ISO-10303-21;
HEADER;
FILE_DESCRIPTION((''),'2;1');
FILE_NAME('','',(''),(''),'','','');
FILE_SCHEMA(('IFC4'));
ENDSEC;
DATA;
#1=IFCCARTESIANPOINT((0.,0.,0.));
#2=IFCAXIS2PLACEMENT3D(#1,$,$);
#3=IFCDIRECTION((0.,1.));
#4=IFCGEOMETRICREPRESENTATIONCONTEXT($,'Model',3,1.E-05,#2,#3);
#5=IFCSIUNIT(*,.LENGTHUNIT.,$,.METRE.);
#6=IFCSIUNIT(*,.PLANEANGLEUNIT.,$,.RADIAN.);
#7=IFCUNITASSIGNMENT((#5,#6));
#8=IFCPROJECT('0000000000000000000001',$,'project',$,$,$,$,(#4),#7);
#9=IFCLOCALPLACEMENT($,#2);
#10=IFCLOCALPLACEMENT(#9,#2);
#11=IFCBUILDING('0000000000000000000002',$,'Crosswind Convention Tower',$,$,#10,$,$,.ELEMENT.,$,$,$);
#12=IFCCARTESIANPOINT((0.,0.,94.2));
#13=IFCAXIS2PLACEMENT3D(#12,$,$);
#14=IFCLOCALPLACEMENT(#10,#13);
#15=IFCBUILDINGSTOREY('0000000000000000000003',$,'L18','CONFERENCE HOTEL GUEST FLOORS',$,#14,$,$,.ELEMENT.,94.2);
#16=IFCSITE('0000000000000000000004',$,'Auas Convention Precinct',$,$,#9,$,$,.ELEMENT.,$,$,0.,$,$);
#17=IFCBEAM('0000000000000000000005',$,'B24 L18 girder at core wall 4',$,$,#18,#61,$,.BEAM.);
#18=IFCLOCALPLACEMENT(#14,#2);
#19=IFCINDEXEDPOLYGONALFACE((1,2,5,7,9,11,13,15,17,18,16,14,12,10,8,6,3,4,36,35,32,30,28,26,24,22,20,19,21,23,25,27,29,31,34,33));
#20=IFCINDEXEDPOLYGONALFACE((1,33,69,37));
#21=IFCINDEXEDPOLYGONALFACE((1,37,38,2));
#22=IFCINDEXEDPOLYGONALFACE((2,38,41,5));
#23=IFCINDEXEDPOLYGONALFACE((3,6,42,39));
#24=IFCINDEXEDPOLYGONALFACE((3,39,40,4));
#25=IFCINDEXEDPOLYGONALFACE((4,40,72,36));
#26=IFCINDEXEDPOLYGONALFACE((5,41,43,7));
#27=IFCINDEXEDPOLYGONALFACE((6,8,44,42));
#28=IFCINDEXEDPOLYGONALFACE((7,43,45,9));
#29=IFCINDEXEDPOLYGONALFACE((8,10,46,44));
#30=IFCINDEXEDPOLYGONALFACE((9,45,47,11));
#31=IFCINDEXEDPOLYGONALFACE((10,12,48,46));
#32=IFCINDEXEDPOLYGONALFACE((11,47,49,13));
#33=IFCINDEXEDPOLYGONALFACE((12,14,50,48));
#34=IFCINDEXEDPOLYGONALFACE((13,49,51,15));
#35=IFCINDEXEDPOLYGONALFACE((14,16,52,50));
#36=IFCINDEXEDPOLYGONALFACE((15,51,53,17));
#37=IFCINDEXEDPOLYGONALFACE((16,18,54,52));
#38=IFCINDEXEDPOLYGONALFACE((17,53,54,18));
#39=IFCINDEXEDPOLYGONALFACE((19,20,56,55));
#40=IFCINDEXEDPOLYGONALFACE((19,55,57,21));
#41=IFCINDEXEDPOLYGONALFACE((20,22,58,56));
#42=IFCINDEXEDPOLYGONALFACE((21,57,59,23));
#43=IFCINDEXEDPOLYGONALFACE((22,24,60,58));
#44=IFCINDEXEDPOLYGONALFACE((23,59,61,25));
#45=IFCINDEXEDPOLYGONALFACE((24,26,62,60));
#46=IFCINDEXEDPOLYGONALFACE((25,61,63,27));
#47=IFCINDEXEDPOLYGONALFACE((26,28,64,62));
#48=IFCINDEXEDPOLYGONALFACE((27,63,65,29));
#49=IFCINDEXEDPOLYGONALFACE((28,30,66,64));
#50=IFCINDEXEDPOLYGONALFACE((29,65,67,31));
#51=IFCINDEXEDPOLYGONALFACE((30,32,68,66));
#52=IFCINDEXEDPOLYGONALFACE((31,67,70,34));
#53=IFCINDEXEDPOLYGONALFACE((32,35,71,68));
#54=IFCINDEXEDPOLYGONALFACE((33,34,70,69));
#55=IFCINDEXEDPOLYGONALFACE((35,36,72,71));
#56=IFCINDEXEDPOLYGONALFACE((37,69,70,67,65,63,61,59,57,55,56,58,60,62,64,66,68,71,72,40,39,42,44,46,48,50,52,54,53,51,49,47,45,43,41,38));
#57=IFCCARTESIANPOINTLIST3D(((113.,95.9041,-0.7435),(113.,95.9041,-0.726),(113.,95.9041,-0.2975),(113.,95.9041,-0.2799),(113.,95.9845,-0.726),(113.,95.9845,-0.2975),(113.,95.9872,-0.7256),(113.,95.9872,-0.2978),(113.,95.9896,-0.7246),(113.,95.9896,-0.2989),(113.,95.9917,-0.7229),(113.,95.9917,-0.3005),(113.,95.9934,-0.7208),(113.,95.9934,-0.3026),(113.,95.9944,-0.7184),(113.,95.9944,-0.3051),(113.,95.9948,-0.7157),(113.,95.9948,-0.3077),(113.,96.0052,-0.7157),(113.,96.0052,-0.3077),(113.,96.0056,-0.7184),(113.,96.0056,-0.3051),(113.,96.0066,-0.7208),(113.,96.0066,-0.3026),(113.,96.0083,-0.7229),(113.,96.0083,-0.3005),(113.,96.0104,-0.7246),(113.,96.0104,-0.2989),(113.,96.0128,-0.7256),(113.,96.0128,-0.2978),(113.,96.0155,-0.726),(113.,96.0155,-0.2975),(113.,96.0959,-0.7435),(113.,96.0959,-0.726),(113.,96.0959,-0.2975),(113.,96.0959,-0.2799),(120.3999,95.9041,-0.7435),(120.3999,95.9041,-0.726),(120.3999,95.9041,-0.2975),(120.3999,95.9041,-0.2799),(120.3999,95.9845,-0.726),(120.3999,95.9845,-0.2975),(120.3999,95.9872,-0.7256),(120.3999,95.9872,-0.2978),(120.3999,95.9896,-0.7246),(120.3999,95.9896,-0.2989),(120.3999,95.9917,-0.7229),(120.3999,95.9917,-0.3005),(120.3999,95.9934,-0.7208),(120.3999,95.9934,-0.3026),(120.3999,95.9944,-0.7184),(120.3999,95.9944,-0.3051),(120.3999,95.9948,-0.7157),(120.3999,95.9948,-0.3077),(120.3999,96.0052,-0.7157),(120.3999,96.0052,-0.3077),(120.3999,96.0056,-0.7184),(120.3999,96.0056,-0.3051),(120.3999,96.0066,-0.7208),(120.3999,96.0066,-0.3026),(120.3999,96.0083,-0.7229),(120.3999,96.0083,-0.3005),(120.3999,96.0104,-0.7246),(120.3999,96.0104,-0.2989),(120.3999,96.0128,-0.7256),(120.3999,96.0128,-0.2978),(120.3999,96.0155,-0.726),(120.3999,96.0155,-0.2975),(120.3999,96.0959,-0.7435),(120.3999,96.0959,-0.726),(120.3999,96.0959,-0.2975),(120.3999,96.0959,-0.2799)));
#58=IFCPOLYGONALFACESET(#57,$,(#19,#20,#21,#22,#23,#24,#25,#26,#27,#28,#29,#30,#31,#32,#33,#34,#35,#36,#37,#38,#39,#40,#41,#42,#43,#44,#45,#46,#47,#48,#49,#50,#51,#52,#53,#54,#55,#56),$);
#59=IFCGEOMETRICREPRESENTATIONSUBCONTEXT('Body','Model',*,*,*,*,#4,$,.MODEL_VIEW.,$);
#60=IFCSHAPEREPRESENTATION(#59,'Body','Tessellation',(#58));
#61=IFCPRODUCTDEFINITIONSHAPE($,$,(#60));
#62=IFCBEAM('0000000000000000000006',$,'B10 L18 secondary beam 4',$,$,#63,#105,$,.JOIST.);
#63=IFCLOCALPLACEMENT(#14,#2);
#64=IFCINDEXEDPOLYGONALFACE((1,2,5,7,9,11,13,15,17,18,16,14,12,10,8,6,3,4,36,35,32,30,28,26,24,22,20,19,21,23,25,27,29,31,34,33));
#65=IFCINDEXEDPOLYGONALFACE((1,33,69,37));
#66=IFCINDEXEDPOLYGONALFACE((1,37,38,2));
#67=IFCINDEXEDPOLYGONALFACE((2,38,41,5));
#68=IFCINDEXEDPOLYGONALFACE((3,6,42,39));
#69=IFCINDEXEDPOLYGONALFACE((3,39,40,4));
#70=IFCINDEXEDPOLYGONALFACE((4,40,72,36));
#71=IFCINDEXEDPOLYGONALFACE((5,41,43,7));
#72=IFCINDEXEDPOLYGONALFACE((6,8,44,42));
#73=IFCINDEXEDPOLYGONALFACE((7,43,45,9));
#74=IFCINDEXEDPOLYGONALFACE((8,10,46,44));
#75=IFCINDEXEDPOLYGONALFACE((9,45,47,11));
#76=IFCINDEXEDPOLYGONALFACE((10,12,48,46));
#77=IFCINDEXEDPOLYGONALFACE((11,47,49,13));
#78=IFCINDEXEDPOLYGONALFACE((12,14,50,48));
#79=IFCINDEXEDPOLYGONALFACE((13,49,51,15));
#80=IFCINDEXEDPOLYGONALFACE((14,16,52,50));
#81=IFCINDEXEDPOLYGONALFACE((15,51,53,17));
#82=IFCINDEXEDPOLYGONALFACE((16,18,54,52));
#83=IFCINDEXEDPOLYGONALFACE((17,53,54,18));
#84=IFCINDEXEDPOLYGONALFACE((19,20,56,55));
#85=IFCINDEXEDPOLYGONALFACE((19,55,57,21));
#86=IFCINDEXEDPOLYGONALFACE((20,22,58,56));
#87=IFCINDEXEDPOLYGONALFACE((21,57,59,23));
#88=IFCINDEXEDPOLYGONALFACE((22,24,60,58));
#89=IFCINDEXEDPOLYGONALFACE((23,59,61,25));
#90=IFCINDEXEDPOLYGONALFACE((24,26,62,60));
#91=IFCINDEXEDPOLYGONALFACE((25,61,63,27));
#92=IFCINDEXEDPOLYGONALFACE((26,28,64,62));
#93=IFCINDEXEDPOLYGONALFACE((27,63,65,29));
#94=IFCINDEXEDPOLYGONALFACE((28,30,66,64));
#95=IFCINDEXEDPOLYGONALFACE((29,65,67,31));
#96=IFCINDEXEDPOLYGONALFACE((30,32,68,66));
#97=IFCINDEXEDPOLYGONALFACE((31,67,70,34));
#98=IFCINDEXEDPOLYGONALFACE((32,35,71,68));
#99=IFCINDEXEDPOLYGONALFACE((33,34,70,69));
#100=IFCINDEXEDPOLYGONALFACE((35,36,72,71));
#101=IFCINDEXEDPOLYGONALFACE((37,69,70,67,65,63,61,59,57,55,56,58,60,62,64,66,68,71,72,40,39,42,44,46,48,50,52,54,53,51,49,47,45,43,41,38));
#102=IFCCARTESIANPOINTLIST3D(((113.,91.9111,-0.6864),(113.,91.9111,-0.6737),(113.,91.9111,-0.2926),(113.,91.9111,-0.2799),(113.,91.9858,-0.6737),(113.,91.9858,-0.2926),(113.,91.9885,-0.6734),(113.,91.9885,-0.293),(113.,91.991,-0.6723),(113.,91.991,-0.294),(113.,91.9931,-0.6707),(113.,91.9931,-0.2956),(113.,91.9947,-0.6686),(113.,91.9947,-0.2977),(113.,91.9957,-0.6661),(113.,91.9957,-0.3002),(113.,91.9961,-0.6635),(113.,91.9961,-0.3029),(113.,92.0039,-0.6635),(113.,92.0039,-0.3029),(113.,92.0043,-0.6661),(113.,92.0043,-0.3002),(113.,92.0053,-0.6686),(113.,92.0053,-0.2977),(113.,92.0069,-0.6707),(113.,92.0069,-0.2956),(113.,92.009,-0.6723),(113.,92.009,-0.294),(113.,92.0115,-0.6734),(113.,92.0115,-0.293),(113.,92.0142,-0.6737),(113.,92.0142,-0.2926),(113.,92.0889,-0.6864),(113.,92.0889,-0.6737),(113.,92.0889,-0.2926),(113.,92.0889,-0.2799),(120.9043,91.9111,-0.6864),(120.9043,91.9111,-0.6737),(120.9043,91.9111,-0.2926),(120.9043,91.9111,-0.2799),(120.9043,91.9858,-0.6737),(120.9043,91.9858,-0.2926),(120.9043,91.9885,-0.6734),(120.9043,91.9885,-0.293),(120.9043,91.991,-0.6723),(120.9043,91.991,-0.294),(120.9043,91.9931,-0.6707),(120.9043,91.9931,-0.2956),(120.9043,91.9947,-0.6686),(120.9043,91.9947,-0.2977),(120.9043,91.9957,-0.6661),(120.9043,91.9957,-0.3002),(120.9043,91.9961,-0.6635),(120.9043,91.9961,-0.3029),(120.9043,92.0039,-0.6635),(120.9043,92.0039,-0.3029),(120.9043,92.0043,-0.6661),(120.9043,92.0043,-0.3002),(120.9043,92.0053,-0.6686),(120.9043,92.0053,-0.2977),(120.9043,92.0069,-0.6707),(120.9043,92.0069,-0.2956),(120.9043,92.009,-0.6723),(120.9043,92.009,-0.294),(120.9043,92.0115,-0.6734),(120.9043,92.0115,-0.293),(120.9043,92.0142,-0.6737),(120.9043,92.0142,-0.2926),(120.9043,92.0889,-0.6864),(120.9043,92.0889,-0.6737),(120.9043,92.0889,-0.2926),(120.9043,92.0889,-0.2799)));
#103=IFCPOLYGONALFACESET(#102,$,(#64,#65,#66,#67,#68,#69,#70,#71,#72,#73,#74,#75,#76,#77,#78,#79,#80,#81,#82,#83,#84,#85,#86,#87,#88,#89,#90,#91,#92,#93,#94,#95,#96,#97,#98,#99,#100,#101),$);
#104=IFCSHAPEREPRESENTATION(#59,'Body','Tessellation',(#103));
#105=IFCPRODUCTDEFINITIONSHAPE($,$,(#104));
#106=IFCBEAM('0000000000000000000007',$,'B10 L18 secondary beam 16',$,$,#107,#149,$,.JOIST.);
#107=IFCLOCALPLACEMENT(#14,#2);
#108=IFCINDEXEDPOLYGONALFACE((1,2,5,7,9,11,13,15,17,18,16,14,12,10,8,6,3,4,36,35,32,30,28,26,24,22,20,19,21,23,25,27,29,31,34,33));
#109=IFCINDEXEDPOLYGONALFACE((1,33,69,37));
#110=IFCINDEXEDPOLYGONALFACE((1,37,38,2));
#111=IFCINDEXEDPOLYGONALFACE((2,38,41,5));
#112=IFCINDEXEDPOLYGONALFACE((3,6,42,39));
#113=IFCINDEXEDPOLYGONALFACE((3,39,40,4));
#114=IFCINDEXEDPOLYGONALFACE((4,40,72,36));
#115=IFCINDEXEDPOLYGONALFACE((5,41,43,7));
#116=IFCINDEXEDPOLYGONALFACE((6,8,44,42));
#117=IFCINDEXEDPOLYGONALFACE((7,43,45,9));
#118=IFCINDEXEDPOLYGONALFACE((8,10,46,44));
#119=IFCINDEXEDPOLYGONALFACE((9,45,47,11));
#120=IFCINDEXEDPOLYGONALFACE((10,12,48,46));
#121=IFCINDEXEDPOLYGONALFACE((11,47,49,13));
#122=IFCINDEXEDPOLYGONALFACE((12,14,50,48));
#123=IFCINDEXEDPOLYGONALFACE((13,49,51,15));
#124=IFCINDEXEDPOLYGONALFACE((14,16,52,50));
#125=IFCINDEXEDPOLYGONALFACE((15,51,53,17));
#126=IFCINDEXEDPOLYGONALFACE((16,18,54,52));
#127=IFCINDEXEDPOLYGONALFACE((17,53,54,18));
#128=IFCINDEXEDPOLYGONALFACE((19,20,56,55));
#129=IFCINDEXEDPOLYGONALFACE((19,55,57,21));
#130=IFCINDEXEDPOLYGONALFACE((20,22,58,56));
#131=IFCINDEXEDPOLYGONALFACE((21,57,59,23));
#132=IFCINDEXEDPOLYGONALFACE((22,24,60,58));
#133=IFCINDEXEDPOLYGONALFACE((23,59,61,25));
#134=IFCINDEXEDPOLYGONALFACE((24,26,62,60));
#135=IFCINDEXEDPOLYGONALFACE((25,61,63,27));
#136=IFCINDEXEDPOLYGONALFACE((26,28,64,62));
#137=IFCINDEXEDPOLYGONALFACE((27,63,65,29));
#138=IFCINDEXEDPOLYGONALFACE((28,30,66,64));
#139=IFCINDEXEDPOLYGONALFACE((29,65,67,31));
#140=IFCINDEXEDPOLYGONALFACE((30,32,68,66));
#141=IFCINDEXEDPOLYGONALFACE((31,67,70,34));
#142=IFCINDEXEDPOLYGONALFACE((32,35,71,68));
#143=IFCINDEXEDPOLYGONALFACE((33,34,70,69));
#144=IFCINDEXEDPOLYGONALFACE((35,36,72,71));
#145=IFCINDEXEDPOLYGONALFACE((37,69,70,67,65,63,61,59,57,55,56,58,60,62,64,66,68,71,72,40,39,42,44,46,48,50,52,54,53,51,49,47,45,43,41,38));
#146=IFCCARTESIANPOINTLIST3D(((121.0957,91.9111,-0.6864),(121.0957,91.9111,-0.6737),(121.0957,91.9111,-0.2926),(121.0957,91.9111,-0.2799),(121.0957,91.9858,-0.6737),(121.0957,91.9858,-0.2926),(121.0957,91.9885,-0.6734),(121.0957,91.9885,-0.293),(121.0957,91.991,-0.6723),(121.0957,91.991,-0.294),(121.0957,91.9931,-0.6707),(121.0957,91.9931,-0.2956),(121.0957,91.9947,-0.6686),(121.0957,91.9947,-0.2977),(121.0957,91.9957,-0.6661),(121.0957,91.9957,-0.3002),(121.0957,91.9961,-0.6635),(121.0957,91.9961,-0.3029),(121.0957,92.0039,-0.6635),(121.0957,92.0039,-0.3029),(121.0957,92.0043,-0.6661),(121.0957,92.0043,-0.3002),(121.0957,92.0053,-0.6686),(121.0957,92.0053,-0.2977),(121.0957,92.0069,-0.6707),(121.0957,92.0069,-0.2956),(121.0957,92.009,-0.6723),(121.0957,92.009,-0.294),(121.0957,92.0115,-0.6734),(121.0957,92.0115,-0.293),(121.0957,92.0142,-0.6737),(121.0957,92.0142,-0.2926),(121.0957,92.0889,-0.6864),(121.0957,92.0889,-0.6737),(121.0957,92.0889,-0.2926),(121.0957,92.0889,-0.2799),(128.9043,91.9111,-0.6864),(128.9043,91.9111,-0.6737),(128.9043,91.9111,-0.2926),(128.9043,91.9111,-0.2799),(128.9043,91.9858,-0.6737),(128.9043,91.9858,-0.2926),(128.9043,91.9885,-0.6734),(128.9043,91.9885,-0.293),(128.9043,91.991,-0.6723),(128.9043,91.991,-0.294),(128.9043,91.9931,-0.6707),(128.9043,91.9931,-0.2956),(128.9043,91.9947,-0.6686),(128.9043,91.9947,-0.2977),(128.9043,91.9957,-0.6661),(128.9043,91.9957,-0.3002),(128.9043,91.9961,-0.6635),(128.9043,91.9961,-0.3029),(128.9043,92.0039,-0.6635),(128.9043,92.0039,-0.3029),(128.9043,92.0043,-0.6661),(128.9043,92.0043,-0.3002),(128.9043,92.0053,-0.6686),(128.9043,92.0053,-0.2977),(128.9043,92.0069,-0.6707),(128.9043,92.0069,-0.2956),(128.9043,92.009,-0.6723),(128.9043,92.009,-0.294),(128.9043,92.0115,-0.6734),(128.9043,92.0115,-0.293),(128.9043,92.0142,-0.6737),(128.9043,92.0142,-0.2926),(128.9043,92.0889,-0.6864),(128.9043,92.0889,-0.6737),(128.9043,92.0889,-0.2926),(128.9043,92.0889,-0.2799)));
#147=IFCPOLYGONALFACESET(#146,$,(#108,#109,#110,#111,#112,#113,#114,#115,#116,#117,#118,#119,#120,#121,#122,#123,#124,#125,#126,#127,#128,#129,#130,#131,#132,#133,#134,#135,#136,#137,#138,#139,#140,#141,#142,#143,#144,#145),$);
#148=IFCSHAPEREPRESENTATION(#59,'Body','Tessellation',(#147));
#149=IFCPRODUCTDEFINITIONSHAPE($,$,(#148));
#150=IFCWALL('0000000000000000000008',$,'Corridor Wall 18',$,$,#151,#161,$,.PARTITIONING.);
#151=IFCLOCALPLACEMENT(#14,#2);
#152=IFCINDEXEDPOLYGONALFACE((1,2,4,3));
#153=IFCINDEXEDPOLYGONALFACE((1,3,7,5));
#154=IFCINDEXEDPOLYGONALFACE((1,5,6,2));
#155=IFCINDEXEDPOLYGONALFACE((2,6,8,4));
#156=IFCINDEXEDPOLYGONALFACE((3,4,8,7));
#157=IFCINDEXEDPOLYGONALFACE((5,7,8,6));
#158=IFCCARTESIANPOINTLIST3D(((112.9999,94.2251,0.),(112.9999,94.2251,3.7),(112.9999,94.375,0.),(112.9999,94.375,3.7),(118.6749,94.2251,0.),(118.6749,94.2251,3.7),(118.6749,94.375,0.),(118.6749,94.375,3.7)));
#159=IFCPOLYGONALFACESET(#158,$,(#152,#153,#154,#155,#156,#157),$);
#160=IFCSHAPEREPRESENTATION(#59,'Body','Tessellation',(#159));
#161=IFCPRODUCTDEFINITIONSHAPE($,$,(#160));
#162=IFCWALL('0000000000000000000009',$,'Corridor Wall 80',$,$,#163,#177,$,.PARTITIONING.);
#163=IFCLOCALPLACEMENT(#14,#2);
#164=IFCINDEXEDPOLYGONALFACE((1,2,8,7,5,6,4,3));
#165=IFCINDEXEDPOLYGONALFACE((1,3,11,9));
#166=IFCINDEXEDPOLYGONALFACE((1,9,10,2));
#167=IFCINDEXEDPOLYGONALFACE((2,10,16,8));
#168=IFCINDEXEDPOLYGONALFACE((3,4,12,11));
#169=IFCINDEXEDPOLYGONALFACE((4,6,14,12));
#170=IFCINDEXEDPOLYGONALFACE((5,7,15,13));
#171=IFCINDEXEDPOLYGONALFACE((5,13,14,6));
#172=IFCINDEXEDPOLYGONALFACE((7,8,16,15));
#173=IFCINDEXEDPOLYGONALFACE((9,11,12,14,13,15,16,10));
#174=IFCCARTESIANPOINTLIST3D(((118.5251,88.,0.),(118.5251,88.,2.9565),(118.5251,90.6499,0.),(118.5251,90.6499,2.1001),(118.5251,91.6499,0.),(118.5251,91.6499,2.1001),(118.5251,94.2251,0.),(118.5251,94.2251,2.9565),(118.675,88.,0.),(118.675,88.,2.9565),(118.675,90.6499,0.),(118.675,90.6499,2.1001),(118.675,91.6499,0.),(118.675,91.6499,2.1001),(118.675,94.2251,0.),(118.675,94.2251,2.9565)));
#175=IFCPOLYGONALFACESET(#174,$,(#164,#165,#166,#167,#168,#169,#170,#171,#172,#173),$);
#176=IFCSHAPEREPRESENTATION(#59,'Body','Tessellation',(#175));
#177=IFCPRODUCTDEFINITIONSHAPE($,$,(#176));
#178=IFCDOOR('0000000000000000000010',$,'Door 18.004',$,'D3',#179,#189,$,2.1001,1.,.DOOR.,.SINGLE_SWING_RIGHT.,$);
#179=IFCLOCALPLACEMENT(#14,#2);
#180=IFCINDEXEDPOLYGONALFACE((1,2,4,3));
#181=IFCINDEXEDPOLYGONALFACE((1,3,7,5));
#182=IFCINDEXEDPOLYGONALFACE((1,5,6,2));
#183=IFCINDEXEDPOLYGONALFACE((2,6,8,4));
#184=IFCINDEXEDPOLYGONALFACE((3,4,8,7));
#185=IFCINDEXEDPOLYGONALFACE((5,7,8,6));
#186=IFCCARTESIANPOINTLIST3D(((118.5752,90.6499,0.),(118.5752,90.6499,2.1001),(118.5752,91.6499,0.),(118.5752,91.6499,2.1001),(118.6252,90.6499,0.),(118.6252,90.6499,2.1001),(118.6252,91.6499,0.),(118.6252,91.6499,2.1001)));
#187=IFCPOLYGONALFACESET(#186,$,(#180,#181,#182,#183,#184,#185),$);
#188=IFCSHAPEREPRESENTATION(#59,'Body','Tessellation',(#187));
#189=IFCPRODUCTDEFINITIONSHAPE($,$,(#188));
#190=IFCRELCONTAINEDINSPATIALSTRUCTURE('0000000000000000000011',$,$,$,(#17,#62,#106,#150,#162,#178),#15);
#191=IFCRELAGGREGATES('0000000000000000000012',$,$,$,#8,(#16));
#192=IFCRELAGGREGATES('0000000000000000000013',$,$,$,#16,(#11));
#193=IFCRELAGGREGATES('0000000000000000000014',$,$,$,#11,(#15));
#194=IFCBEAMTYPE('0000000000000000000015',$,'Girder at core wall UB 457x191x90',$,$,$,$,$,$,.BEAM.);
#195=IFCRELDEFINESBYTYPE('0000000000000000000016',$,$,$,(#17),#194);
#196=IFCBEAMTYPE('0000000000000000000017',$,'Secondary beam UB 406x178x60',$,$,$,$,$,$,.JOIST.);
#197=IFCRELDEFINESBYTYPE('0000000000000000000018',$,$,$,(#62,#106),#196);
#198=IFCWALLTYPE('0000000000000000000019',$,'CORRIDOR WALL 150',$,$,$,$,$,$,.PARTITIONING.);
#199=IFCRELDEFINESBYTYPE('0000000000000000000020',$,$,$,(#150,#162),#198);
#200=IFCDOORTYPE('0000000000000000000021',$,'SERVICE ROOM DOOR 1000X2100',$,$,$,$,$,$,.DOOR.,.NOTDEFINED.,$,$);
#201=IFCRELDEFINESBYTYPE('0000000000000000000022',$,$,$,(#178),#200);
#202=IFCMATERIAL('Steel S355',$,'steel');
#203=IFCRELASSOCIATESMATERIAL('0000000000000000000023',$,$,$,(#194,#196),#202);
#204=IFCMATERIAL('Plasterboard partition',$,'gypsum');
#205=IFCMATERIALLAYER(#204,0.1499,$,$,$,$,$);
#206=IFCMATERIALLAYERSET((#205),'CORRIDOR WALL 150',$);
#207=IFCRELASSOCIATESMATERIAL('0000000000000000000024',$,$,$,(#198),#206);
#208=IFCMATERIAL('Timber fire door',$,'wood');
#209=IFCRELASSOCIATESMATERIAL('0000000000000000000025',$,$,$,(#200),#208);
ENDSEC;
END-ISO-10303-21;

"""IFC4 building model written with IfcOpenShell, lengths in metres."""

from ifc_helpers import new_model, si_unit, direction, frame, frame_2d, origin, origin_2d, place, context, subcontext, project, spatial, rectangle, i_section, extrude, material, layer, layer_set, material_profile, profile_set, type_object, element, fill, save


model = new_model("IFC4")

# Units and contexts
model_context = context("Model", 3, precision=1e-05, world=origin(), true_north=direction((0.0, 1.0)))
body_context = subcontext(model_context, "Body", "Model", "MODEL_VIEW")
ifc_project = project(units=[si_unit("LENGTHUNIT", "METRE"), si_unit("PLANEANGLEUNIT", "RADIAN")], contexts=[model_context])

# Site, building, storey
site_placement = place(None, origin())
site = spatial("IfcSite", under=ifc_project, at=site_placement, Name="Auas Convention Precinct", CompositionType="ELEMENT", RefElevation=0.0)
building_placement = place(site_placement, origin())
building = spatial("IfcBuilding", under=site, at=building_placement, Name="Crosswind Convention Tower", CompositionType="ELEMENT")
storey_placement = place(building_placement, frame((0.0, 0.0, 94.2)))
storey = spatial("IfcBuildingStorey", under=building, at=storey_placement, Name="L18", Description="CONFERENCE HOTEL GUEST FLOORS", CompositionType="ELEMENT", Elevation=94.2)

# Beams
ifc_material_1 = material(Name="Steel S355", Category="steel")
ifc_material_profile_1 = material_profile(ifc_material_1, i_section(OverallWidth=0.1919, OverallDepth=0.4636, WebThickness=0.0105, FlangeThickness=0.0176, FilletRadius=0.0103, at=origin_2d()), Name="UB 457x191x90")
ifc_profile_set_1 = profile_set([ifc_material_profile_1], Name="Steel S355")
beam_type_1 = type_object("IfcBeamType", Name="Girder at core wall UB 457x191x90", PredefinedType="BEAM", material=ifc_profile_set_1)
for number, where, z_axis, x_axis, name in (
    (1, (113.0, 96.0, -0.5117), (1.0, 0.0, 0.0), (0.0, 1.0, 0.0), "B24 L18 girder at core wall 4"),
):
    element("IfcBeam", number, at=place(storey_placement, frame(where, z_axis=z_axis, x_axis=x_axis)), inside=storey, type_object=beam_type_1, Name=name, PredefinedType="BEAM", context=body_context, shape_type="SweptSolid", body=[
        extrude(i_section(OverallWidth=0.1919, OverallDepth=0.4636, WebThickness=0.0105, FlangeThickness=0.0176, FilletRadius=0.0103, at=origin_2d()), origin(), (0.0, 0.0, 1.0), 7.3999),
    ])
ifc_material_profile_2 = material_profile(ifc_material_1, i_section(OverallWidth=0.1777, OverallDepth=0.4065, WebThickness=0.0078, FlangeThickness=0.0127, FilletRadius=0.0103, at=origin_2d()), Name="UB 406x178x60")
ifc_profile_set_2 = profile_set([ifc_material_profile_2], Name="Steel S355")
beam_type_2 = type_object("IfcBeamType", Name="Secondary beam UB 406x178x60", PredefinedType="JOIST", material=ifc_profile_set_2)
beam_1_placement = place(storey_placement, frame((113.0, 92.0, -0.4832), z_axis=(1.0, 0.0, 0.0), x_axis=(0.0, 1.0, 0.0)))
element("IfcBeam", 2, at=beam_1_placement, inside=storey, type_object=beam_type_2, Name="B10 L18 secondary beam 4", PredefinedType="JOIST", context=body_context, shape_type="SweptSolid", body=[
    extrude(i_section(OverallWidth=0.1777, OverallDepth=0.4065, WebThickness=0.0078, FlangeThickness=0.0127, FilletRadius=0.0103, at=origin_2d()), origin(), (0.0, 0.0, 1.0), 7.9043),
])
beam_2_placement = place(storey_placement, frame((121.0957, 92.0, -0.4832), z_axis=(1.0, 0.0, 0.0), x_axis=(0.0, 1.0, 0.0)))
element("IfcBeam", 3, at=beam_2_placement, inside=storey, type_object=beam_type_2, Name="B10 L18 secondary beam 16", PredefinedType="JOIST", context=body_context, shape_type="SweptSolid", body=[
    extrude(i_section(OverallWidth=0.1777, OverallDepth=0.4065, WebThickness=0.0078, FlangeThickness=0.0127, FilletRadius=0.0103, at=origin_2d()), origin(), (0.0, 0.0, 1.0), 7.8086),
])

# Wall
ifc_material_2 = material(Name="Plasterboard partition", Category="gypsum")
ifc_layer_1 = layer(ifc_material_2, 0.1499)
ifc_layer_set_1 = layer_set([ifc_layer_1], Name="CORRIDOR WALL 150")
wall_type_1 = type_object("IfcWallType", Name="CORRIDOR WALL 150", PredefinedType="PARTITIONING", material=ifc_layer_set_1)
wall_1_placement = place(storey_placement, frame((113.0, 94.3, 0.0), z_axis=(0.0, 0.0, 1.0), x_axis=(1.0, 0.0, 0.0)))
element("IfcWall", 4, at=wall_1_placement, inside=storey, type_object=wall_type_1, Name="Corridor Wall 18", PredefinedType="PARTITIONING", context=body_context, shape_type="SweptSolid", body=[
    extrude(rectangle(XDim=5.675, YDim=0.1499, at=frame_2d((2.8374, 0.0))), origin(), (0.0, 0.0, 1.0), 3.7),
])

# Wall, opening, door
wall_2_placement = place(storey_placement, frame((118.6001, 88.0, 0.0), z_axis=(0.0, 0.0, 1.0), x_axis=(0.0, 1.0, 0.0)))
wall_2 = element("IfcWall", 5, at=wall_2_placement, inside=storey, type_object=wall_type_1, Name="Corridor Wall 80", PredefinedType="PARTITIONING", context=body_context, shape_type="SweptSolid", body=[
    extrude(rectangle(XDim=6.2251, YDim=0.1499, at=frame_2d((3.1125, 0.0))), origin(), (0.0, 0.0, 1.0), 2.9565),
])
opening_1_placement = place(wall_2_placement, frame((2.6499, 0.0, 0.0)))
opening_1 = element("IfcOpeningElement", 6, at=opening_1_placement, cuts=wall_2, PredefinedType="OPENING", context=body_context, shape_type="SweptSolid", body=[
    extrude(rectangle(XDim=1.0, YDim=2.1001, at=frame_2d((0.5, 1.05))), frame((0.0, 0.085, 0.0), z_axis=(0.0, -1.0, 0.0), x_axis=(1.0, 0.0, 0.0)), (0.0, 0.0, 1.0), 0.1699),
])
ifc_material_3 = material(Name="Timber fire door", Category="wood")
door_type_1 = type_object("IfcDoorType", Name="SERVICE ROOM DOOR 1000X2100", OperationType="NOTDEFINED", PredefinedType="DOOR", material=ifc_material_3)
door_1_placement = place(opening_1_placement, origin())
door_1 = element("IfcDoor", 7, at=door_1_placement, inside=storey, type_object=door_type_1, Name="Door 18.004", ObjectType="D3", OperationType="SINGLE_SWING_RIGHT", OverallHeight=2.1001, OverallWidth=1.0, PredefinedType="DOOR", context=body_context, shape_type="SweptSolid", body=[
    extrude(rectangle(XDim=1.0, YDim=2.1001, at=frame_2d((0.5, 1.05))), frame((0.0, 0.0249, 0.0), z_axis=(0.0, -1.0, 0.0), x_axis=(1.0, 0.0, 0.0)), (0.0, 0.0, 1.0), 0.05),
])
fill(opening_1, door_1)

save(model, "model.ifc")
